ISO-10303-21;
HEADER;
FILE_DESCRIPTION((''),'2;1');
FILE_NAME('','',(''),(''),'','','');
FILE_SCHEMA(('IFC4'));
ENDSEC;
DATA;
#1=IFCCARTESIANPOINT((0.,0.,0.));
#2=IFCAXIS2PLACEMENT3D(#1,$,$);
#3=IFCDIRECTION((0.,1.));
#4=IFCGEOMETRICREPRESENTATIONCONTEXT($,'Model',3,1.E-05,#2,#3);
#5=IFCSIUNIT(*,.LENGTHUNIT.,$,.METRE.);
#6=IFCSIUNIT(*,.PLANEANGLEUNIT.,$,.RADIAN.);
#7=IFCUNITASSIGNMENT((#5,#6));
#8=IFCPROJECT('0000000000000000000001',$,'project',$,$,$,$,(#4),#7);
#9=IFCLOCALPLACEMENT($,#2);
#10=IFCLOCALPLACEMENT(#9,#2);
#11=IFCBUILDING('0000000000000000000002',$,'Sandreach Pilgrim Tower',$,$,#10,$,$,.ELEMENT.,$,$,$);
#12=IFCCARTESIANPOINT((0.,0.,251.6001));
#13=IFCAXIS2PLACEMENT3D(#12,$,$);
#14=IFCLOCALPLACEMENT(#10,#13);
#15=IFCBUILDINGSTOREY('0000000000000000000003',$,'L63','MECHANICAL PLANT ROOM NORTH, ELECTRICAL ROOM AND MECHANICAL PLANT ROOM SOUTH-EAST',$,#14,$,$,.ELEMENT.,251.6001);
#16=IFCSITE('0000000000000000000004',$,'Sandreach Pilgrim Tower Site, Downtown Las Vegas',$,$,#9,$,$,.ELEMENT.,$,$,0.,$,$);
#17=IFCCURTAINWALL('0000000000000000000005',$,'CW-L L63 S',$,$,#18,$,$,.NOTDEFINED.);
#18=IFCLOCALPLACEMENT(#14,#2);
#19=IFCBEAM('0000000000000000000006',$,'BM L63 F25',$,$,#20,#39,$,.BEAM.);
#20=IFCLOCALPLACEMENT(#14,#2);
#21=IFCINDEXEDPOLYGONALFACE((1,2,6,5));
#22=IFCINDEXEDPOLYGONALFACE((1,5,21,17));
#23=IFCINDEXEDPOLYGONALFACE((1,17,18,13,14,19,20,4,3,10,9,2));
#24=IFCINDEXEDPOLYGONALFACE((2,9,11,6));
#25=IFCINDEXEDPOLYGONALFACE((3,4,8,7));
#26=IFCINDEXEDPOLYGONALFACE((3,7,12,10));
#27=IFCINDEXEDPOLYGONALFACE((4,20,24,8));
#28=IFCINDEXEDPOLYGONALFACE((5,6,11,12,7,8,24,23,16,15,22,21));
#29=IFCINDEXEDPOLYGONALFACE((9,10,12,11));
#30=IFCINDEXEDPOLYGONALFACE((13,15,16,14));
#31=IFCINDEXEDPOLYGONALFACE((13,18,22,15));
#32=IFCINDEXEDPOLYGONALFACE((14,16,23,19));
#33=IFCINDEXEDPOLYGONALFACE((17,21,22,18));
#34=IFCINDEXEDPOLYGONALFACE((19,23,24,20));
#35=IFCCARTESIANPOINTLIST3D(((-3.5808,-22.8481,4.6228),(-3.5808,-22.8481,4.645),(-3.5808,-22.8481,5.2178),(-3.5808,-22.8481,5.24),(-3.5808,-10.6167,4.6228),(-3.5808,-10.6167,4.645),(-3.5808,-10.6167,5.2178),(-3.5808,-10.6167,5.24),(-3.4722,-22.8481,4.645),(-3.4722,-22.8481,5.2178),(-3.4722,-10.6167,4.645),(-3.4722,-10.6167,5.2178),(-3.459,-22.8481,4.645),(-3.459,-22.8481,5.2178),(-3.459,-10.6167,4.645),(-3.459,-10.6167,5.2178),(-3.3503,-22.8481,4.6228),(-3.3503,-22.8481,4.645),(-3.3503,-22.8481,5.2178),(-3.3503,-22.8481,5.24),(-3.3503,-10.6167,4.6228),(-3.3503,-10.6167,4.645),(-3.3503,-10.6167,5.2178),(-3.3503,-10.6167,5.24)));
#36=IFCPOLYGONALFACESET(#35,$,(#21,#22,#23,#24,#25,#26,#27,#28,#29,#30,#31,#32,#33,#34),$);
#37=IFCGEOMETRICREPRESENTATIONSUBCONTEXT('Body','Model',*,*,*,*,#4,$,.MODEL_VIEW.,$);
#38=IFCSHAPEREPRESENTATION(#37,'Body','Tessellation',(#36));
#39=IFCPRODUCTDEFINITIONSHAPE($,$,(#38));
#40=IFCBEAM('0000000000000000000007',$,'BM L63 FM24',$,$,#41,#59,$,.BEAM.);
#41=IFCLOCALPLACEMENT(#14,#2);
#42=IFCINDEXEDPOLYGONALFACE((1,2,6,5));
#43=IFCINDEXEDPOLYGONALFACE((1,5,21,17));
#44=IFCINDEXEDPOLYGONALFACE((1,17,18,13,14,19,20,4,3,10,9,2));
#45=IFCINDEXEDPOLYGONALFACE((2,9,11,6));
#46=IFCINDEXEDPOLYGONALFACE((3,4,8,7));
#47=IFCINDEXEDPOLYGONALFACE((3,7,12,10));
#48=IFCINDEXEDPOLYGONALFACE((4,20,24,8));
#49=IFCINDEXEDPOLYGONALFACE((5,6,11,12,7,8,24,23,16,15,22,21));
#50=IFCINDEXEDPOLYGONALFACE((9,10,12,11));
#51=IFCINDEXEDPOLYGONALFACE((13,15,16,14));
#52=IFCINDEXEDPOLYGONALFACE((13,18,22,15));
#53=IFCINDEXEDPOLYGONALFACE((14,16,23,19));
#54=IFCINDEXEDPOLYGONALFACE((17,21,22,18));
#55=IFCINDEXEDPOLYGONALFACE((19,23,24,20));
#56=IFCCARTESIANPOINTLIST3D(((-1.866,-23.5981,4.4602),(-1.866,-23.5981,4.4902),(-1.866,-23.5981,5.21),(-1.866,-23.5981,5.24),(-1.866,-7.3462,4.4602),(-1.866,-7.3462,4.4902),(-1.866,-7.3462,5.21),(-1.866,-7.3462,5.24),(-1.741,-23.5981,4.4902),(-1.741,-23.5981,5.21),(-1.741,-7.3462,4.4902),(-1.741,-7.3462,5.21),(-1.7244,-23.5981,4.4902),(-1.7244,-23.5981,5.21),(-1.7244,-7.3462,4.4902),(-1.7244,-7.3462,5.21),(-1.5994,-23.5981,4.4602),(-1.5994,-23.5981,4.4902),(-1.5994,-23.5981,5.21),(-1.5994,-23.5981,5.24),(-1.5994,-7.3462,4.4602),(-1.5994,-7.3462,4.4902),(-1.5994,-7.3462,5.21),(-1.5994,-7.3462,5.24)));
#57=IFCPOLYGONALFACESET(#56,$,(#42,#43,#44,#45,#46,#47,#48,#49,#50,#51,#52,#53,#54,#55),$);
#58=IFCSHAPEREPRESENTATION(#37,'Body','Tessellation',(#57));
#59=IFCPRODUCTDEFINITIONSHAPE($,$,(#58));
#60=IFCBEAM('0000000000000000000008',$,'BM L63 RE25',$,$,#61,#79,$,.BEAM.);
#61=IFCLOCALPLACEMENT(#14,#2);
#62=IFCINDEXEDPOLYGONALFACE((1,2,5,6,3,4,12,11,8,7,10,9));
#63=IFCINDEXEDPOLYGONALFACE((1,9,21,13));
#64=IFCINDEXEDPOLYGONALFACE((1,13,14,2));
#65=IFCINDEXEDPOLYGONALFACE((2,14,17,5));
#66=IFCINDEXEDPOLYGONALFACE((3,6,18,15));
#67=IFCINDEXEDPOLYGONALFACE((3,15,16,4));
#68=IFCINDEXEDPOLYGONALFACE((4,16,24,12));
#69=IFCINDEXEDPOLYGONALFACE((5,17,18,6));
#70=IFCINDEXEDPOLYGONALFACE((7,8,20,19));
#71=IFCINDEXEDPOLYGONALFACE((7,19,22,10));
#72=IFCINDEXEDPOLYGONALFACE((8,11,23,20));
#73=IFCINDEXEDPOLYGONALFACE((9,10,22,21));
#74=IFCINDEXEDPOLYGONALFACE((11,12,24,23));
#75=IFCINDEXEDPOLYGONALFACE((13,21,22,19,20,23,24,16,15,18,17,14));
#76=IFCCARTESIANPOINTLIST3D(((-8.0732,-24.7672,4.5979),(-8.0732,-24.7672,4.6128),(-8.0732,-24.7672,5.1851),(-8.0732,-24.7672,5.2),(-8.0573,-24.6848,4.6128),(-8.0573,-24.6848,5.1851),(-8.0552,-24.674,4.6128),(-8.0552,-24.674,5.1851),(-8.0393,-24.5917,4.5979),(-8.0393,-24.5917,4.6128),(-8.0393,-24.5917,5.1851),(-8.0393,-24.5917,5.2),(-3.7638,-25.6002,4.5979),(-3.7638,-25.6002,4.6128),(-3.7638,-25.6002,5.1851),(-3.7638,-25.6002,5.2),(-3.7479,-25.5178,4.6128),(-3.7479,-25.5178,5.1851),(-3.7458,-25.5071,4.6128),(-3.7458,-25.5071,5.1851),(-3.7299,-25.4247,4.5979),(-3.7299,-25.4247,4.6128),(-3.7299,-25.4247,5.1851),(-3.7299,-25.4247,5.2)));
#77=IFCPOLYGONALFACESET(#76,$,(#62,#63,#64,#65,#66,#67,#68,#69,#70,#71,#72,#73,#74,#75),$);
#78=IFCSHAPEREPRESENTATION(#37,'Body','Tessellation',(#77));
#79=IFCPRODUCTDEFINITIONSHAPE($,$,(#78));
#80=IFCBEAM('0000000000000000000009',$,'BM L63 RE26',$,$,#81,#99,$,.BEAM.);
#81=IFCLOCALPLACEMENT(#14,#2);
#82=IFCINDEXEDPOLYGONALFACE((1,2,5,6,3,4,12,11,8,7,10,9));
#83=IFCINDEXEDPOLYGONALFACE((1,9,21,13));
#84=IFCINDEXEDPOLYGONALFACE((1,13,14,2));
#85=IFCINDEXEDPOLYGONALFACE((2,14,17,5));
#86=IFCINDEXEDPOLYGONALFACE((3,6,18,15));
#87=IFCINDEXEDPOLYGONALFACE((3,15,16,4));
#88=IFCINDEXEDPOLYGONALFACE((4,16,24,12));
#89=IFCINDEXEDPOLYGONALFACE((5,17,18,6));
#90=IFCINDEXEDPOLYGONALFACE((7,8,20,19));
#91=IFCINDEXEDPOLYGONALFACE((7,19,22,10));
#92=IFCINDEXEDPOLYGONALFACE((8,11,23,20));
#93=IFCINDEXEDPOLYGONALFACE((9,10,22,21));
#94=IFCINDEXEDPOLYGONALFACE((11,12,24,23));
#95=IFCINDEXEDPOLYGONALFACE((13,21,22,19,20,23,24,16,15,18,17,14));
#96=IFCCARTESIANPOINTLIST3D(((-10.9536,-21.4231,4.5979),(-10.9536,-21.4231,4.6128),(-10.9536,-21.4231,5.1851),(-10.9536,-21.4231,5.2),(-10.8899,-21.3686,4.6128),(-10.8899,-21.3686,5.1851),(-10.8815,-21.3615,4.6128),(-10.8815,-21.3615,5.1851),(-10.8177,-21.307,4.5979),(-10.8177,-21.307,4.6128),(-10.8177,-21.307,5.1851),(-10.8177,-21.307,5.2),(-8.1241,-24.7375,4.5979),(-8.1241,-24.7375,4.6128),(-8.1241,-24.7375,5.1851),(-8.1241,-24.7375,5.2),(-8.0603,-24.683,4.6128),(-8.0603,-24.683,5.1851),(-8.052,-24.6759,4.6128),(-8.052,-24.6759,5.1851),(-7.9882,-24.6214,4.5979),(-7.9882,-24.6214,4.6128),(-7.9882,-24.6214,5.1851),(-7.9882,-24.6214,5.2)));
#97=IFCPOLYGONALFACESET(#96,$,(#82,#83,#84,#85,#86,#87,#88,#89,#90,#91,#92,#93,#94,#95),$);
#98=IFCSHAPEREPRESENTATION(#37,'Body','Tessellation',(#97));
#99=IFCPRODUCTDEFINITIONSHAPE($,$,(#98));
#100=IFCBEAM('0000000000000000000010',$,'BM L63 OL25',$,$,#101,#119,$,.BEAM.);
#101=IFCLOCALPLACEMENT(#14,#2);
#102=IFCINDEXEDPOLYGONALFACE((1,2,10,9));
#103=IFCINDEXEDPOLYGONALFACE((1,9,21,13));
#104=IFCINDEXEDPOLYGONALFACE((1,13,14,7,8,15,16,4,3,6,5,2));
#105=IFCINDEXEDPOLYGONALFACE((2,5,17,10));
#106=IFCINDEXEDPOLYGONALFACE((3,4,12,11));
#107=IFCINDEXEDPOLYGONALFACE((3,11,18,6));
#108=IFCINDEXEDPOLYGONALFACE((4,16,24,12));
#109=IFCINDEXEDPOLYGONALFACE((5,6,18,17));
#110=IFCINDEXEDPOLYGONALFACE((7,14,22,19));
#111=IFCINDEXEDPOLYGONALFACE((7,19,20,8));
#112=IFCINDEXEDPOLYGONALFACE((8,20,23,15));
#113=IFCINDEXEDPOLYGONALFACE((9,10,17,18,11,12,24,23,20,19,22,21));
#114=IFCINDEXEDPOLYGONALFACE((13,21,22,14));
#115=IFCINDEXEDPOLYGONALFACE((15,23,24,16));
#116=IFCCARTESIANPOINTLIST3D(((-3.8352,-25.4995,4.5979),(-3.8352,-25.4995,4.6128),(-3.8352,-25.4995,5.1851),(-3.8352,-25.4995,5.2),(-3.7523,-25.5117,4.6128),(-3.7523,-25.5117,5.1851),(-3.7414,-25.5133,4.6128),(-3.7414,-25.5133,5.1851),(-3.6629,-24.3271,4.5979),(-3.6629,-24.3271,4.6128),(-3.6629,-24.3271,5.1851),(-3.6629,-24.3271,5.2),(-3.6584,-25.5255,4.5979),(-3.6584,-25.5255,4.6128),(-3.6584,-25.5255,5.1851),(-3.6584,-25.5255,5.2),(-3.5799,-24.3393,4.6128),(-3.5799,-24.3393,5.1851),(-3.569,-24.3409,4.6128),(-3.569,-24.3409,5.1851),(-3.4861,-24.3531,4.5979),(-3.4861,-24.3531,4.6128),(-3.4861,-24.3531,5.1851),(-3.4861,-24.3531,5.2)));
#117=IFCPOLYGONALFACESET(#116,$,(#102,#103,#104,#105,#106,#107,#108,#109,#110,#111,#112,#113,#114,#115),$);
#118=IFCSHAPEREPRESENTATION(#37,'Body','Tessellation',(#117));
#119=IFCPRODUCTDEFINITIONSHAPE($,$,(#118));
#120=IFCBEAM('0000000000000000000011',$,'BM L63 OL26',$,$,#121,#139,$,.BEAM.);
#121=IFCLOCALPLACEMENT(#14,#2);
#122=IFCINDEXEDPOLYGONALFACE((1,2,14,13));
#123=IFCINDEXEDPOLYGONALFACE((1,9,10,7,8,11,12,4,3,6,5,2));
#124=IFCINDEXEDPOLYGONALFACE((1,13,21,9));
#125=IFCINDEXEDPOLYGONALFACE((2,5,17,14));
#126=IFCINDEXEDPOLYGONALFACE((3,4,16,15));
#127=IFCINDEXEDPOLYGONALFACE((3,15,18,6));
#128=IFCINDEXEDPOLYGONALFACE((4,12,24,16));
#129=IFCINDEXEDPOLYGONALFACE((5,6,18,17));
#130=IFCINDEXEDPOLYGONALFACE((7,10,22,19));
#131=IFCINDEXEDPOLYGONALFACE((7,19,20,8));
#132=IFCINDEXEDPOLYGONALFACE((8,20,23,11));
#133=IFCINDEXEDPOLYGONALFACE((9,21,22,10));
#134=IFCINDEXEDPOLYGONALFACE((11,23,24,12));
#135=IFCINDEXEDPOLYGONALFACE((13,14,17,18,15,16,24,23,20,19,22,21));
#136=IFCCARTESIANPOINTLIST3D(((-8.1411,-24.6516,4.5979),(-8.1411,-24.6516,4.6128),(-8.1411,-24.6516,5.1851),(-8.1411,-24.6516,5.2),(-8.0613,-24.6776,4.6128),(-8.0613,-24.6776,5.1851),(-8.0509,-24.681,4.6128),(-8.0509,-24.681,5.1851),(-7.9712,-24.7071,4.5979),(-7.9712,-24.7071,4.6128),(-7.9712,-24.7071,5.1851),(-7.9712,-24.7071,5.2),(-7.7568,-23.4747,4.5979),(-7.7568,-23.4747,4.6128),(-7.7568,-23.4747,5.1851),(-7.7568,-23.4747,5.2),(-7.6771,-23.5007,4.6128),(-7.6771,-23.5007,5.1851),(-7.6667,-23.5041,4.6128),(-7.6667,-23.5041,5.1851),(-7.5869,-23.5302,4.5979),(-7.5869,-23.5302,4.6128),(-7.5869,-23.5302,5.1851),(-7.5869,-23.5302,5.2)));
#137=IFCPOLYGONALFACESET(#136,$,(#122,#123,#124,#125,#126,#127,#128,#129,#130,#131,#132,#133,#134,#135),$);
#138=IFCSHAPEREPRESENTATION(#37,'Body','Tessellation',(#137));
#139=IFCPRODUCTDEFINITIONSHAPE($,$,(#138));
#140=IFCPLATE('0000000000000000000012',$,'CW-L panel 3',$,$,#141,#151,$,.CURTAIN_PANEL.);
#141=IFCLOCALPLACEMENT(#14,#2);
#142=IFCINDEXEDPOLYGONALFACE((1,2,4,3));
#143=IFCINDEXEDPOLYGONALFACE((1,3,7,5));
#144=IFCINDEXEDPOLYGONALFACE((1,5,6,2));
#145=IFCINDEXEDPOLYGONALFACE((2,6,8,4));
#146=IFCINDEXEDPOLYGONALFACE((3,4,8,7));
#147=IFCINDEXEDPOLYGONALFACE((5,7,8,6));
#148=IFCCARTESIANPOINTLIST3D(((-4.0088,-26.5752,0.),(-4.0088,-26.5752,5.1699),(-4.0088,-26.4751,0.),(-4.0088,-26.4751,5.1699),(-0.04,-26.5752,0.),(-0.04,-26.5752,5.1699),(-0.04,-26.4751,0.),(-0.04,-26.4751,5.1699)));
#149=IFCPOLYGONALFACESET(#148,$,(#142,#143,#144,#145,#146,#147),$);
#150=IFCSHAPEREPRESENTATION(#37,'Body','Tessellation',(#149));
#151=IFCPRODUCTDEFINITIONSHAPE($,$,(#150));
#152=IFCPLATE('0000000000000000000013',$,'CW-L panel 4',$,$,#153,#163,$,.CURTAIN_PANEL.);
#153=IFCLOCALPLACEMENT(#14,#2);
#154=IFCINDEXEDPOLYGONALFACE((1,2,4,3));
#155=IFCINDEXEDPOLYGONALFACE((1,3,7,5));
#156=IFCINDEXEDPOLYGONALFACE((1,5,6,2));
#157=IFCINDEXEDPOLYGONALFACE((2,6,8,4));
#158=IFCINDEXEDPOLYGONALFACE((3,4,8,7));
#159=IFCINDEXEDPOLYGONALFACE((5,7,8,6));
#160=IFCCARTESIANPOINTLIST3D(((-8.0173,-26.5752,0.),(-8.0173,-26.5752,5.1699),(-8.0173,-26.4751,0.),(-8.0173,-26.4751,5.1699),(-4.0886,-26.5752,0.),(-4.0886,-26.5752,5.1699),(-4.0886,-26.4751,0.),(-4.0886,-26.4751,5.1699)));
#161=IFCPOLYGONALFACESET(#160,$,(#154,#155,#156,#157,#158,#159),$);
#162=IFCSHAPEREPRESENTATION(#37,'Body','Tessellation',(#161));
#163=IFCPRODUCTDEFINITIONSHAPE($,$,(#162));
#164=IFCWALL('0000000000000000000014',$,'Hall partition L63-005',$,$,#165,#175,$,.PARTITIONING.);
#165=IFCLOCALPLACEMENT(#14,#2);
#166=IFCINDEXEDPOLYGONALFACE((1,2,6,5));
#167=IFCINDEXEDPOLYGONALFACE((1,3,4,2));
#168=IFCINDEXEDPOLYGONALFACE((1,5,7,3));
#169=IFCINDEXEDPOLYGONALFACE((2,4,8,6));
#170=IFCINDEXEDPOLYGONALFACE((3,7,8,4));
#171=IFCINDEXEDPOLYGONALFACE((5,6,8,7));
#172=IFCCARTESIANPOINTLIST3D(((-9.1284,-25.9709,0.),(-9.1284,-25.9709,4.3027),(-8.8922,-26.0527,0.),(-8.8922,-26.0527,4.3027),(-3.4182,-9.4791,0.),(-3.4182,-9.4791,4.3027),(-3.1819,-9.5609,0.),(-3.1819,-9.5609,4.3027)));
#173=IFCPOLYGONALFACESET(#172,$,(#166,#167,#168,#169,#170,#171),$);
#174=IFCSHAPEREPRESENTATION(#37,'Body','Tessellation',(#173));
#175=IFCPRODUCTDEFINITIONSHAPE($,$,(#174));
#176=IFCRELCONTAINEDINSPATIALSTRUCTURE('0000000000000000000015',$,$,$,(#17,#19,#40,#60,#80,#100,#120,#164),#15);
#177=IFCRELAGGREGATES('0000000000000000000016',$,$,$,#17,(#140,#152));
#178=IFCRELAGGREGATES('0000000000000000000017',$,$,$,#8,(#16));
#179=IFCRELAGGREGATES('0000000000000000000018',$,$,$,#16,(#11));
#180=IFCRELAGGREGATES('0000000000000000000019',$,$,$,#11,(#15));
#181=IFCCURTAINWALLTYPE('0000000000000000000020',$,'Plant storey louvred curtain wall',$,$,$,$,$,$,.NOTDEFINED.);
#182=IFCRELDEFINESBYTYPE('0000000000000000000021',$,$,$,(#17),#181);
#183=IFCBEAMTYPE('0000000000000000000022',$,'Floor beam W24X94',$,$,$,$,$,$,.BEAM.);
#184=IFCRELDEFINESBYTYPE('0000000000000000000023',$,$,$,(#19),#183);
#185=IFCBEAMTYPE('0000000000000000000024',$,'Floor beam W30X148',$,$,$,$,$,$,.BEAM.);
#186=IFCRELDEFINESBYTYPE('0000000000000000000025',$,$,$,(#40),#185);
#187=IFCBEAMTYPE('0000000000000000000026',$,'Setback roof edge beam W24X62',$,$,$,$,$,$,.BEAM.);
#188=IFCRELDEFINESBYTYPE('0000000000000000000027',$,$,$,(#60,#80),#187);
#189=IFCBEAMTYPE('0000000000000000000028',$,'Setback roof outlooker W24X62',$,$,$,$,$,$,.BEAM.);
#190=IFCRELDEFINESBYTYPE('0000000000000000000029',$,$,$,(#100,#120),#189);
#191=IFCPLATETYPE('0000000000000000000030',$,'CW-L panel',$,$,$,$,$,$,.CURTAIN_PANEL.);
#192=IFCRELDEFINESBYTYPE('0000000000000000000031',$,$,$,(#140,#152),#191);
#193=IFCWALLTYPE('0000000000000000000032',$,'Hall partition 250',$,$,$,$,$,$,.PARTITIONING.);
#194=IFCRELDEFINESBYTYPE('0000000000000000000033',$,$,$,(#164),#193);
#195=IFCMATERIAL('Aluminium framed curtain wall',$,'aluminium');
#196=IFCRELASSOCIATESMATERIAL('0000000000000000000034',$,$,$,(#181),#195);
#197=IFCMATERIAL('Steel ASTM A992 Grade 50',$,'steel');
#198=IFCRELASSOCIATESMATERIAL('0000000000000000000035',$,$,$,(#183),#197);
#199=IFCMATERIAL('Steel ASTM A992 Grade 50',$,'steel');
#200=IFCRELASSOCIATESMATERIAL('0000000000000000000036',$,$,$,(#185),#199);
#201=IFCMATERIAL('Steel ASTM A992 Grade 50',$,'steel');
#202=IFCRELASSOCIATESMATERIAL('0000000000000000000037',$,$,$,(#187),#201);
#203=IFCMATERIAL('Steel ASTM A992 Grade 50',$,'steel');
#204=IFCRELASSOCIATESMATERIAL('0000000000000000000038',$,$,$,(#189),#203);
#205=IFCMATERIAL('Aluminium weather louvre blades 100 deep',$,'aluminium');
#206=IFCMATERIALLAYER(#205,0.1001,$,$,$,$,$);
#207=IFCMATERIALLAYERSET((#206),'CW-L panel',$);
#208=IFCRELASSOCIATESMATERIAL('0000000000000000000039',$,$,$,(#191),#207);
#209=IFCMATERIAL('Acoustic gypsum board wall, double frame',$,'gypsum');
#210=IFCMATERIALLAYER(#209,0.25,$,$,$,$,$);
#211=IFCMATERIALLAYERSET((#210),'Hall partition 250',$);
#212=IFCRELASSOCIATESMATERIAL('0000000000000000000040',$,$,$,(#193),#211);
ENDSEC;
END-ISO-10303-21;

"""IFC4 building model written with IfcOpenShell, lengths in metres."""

from ifc_helpers import new_model, si_unit, direction, frame, frame_2d, origin, origin_2d, place, context, subcontext, project, spatial, rectangle, i_section, extrude, material, layer, layer_set, material_profile, profile_set, type_object, element, aggregate, save


model = new_model("IFC4")

# Units and contexts
model_context = context("Model", 3, precision=1e-05, world=origin(), true_north=direction((0.0, 1.0)))
body_context = subcontext(model_context, "Body", "Model", "MODEL_VIEW")
ifc_project = project(units=[si_unit("LENGTHUNIT", "METRE"), si_unit("PLANEANGLEUNIT", "RADIAN")], contexts=[model_context])

# Site, building, storey
site_placement = place(None, origin())
site = spatial("IfcSite", under=ifc_project, at=site_placement, Name="Sandreach Pilgrim Tower Site, Downtown Las Vegas", CompositionType="ELEMENT", RefElevation=0.0)
building_placement = place(site_placement, origin())
building = spatial("IfcBuilding", under=site, at=building_placement, Name="Sandreach Pilgrim Tower", CompositionType="ELEMENT")
storey_placement = place(building_placement, frame((0.0, 0.0, 251.6001)))
storey = spatial("IfcBuildingStorey", under=building, at=storey_placement, Name="L63", Description="MECHANICAL PLANT ROOM NORTH, ELECTRICAL ROOM AND MECHANICAL PLANT ROOM SOUTH-EAST", CompositionType="ELEMENT", Elevation=251.6001)

# Curtain wall
ifc_material_1 = material(Name="Aluminium framed curtain wall", Category="aluminium")
curtain_wall_type = type_object("IfcCurtainWallType", Name="Plant storey louvred curtain wall", PredefinedType="NOTDEFINED", material=ifc_material_1)
curtain_wall_1_placement = place(storey_placement, origin())
curtain_wall_1 = element("IfcCurtainWall", 1, at=curtain_wall_1_placement, inside=storey, type_object=curtain_wall_type, Name="CW-L L63 S", PredefinedType="NOTDEFINED")

# Beams
ifc_material_2 = material(Name="Steel ASTM A992 Grade 50", Category="steel")
ifc_material_profile_1 = material_profile(ifc_material_2, i_section(OverallWidth=0.2305, OverallDepth=0.6172, WebThickness=0.0132, FlangeThickness=0.0222, at=origin_2d()), Name="W24X94")
ifc_profile_set_1 = profile_set([ifc_material_profile_1], Name="Steel ASTM A992 Grade 50")
beam_type_1 = type_object("IfcBeamType", Name="Floor beam W24X94", PredefinedType="BEAM", material=ifc_profile_set_1)
beam_1_placement = place(storey_placement, frame((-3.4656, -22.8481, 4.9314), z_axis=(0.0, 1.0, 0.0), x_axis=(-1.0, 0.0, 0.0)))
element("IfcBeam", 2, at=beam_1_placement, inside=storey, type_object=beam_type_1, Name="BM L63 F25", PredefinedType="BEAM", context=body_context, shape_type="SweptSolid", body=[
    extrude(i_section(OverallWidth=0.2305, OverallDepth=0.6172, WebThickness=0.0132, FlangeThickness=0.0222, at=origin_2d()), origin(), (0.0, 0.0, 1.0), 12.2314),
])
ifc_material_3 = material(Name="Steel ASTM A992 Grade 50", Category="steel")
ifc_material_profile_2 = material_profile(ifc_material_3, i_section(OverallWidth=0.2666, OverallDepth=0.7798, WebThickness=0.0166, FlangeThickness=0.03, at=origin_2d()), Name="W30X148")
ifc_profile_set_2 = profile_set([ifc_material_profile_2], Name="Steel ASTM A992 Grade 50")
beam_type_2 = type_object("IfcBeamType", Name="Floor beam W30X148", PredefinedType="BEAM", material=ifc_profile_set_2)
beam_2_placement = place(storey_placement, frame((-1.7327, -23.5981, 4.8501), z_axis=(0.0, 1.0, 0.0), x_axis=(-1.0, 0.0, 0.0)))
element("IfcBeam", 3, at=beam_2_placement, inside=storey, type_object=beam_type_2, Name="BM L63 FM24", PredefinedType="BEAM", context=body_context, shape_type="SweptSolid", body=[
    extrude(i_section(OverallWidth=0.2666, OverallDepth=0.7798, WebThickness=0.0166, FlangeThickness=0.03, at=origin_2d()), origin(), (0.0, 0.0, 1.0), 16.252),
])
ifc_material_4 = material(Name="Steel ASTM A992 Grade 50", Category="steel")
ifc_material_profile_3 = material_profile(ifc_material_4, i_section(OverallWidth=0.1787, OverallDepth=0.6021, WebThickness=0.011, FlangeThickness=0.0149, at=origin_2d()), Name="W24X62")
ifc_profile_set_3 = profile_set([ifc_material_profile_3], Name="Steel ASTM A992 Grade 50")
beam_type_3 = type_object("IfcBeamType", Name="Setback roof edge beam W24X62", PredefinedType="BEAM", material=ifc_profile_set_3)
beam_3_placement = place(storey_placement, frame((-3.7468, -25.5125, 4.8989), z_axis=(-0.981825, 0.18979, 0.0), x_axis=(-0.18979, -0.981825, 0.0)))
element("IfcBeam", 4, at=beam_3_placement, inside=storey, type_object=beam_type_3, Name="BM L63 RE25", PredefinedType="BEAM", context=body_context, shape_type="SweptSolid", body=[
    extrude(i_section(OverallWidth=0.1787, OverallDepth=0.6021, WebThickness=0.011, FlangeThickness=0.0149, at=origin_2d()), origin(), (0.0, 0.0, 1.0), 4.3892),
])
beam_4_placement = place(storey_placement, frame((-8.0562, -24.6794, 4.8989), z_axis=(-0.649286, 0.760544, 0.0), x_axis=(-0.760544, -0.649286, 0.0)))
element("IfcBeam", 5, at=beam_4_placement, inside=storey, type_object=beam_type_3, Name="BM L63 RE26", PredefinedType="BEAM", context=body_context, shape_type="SweptSolid", body=[
    extrude(i_section(OverallWidth=0.1787, OverallDepth=0.6021, WebThickness=0.011, FlangeThickness=0.0149, at=origin_2d()), origin(), (0.0, 0.0, 1.0), 4.3579),
])
ifc_material_5 = material(Name="Steel ASTM A992 Grade 50", Category="steel")
ifc_material_profile_4 = material_profile(ifc_material_5, i_section(OverallWidth=0.1787, OverallDepth=0.6021, WebThickness=0.011, FlangeThickness=0.0149, at=origin_2d()), Name="W24X62")
ifc_profile_set_4 = profile_set([ifc_material_profile_4], Name="Steel ASTM A992 Grade 50")
beam_type_4 = type_object("IfcBeamType", Name="Setback roof outlooker W24X62", PredefinedType="BEAM", material=ifc_profile_set_4)
beam_5_placement = place(storey_placement, frame((-3.5745, -24.3401, 4.8989), z_axis=(-0.145458, -0.989364, 0.0), x_axis=(0.989364, -0.145458, 0.0)))
element("IfcBeam", 6, at=beam_5_placement, inside=storey, type_object=beam_type_4, Name="BM L63 OL25", PredefinedType="BEAM", context=body_context, shape_type="SweptSolid", body=[
    extrude(i_section(OverallWidth=0.1787, OverallDepth=0.6021, WebThickness=0.011, FlangeThickness=0.0149, at=origin_2d()), origin(), (0.0, 0.0, 1.0), 1.1851),
])
beam_6_placement = place(storey_placement, frame((-7.6719, -23.5024, 4.8989), z_axis=(-0.310365, -0.950617, 0.0), x_axis=(0.950617, -0.310365, 0.0)))
element("IfcBeam", 7, at=beam_6_placement, inside=storey, type_object=beam_type_4, Name="BM L63 OL26", PredefinedType="BEAM", context=body_context, shape_type="SweptSolid", body=[
    extrude(i_section(OverallWidth=0.1787, OverallDepth=0.6021, WebThickness=0.011, FlangeThickness=0.0149, at=origin_2d()), origin(), (0.0, 0.0, 1.0), 1.238),
])

# Plates
ifc_material_6 = material(Name="Aluminium weather louvre blades 100 deep", Category="aluminium")
ifc_layer_1 = layer(ifc_material_6, 0.1001)
ifc_layer_set_1 = layer_set([ifc_layer_1], Name="CW-L panel")
plate_type = type_object("IfcPlateType", Name="CW-L panel", PredefinedType="CURTAIN_PANEL", material=ifc_layer_set_1)
plate_1_placement = place(storey_placement, frame((-2.0244, -26.5251, 0.0), z_axis=(0.0, 0.0, 1.0), x_axis=(-1.0, 0.0, 0.0)))
plate_1 = element("IfcPlate", 8, at=plate_1_placement, type_object=plate_type, Name="CW-L panel 3", PredefinedType="CURTAIN_PANEL", context=body_context, shape_type="SweptSolid", body=[
    extrude(rectangle(XDim=3.9688, YDim=0.1001, at=origin_2d()), origin(), (0.0, 0.0, 1.0), 5.1699),
])
plate_2_placement = place(storey_placement, frame((-6.053, -26.5251, 0.0), z_axis=(0.0, 0.0, 1.0), x_axis=(-1.0, 0.0, 0.0)))
plate_2 = element("IfcPlate", 9, at=plate_2_placement, type_object=plate_type, Name="CW-L panel 4", PredefinedType="CURTAIN_PANEL", context=body_context, shape_type="SweptSolid", body=[
    extrude(rectangle(XDim=3.9287, YDim=0.1001, at=origin_2d()), origin(), (0.0, 0.0, 1.0), 5.1699),
])
aggregate(curtain_wall_1, [plate_1, plate_2])

# Wall
ifc_material_7 = material(Name="Acoustic gypsum board wall, double frame", Category="gypsum")
ifc_layer_2 = layer(ifc_material_7, 0.25)
ifc_layer_set_2 = layer_set([ifc_layer_2], Name="Hall partition 250")
wall_type_1 = type_object("IfcWallType", Name="Hall partition 250", PredefinedType="PARTITIONING", material=ifc_layer_set_2)
wall_1_placement = place(storey_placement, frame((-9.0103, -26.0117, 0.0), z_axis=(0.0, 0.0, 1.0), x_axis=(0.327189, 0.944959, 0.0)))
element("IfcWall", 10, at=wall_1_placement, inside=storey, type_object=wall_type_1, Name="Hall partition L63-005", PredefinedType="PARTITIONING", context=body_context, shape_type="SweptSolid", body=[
    extrude(rectangle(XDim=17.4524, YDim=0.25, at=frame_2d((8.7261, 0.0))), origin(), (0.0, 0.0, 1.0), 4.3027),
])

save(model, "model.ifc")
